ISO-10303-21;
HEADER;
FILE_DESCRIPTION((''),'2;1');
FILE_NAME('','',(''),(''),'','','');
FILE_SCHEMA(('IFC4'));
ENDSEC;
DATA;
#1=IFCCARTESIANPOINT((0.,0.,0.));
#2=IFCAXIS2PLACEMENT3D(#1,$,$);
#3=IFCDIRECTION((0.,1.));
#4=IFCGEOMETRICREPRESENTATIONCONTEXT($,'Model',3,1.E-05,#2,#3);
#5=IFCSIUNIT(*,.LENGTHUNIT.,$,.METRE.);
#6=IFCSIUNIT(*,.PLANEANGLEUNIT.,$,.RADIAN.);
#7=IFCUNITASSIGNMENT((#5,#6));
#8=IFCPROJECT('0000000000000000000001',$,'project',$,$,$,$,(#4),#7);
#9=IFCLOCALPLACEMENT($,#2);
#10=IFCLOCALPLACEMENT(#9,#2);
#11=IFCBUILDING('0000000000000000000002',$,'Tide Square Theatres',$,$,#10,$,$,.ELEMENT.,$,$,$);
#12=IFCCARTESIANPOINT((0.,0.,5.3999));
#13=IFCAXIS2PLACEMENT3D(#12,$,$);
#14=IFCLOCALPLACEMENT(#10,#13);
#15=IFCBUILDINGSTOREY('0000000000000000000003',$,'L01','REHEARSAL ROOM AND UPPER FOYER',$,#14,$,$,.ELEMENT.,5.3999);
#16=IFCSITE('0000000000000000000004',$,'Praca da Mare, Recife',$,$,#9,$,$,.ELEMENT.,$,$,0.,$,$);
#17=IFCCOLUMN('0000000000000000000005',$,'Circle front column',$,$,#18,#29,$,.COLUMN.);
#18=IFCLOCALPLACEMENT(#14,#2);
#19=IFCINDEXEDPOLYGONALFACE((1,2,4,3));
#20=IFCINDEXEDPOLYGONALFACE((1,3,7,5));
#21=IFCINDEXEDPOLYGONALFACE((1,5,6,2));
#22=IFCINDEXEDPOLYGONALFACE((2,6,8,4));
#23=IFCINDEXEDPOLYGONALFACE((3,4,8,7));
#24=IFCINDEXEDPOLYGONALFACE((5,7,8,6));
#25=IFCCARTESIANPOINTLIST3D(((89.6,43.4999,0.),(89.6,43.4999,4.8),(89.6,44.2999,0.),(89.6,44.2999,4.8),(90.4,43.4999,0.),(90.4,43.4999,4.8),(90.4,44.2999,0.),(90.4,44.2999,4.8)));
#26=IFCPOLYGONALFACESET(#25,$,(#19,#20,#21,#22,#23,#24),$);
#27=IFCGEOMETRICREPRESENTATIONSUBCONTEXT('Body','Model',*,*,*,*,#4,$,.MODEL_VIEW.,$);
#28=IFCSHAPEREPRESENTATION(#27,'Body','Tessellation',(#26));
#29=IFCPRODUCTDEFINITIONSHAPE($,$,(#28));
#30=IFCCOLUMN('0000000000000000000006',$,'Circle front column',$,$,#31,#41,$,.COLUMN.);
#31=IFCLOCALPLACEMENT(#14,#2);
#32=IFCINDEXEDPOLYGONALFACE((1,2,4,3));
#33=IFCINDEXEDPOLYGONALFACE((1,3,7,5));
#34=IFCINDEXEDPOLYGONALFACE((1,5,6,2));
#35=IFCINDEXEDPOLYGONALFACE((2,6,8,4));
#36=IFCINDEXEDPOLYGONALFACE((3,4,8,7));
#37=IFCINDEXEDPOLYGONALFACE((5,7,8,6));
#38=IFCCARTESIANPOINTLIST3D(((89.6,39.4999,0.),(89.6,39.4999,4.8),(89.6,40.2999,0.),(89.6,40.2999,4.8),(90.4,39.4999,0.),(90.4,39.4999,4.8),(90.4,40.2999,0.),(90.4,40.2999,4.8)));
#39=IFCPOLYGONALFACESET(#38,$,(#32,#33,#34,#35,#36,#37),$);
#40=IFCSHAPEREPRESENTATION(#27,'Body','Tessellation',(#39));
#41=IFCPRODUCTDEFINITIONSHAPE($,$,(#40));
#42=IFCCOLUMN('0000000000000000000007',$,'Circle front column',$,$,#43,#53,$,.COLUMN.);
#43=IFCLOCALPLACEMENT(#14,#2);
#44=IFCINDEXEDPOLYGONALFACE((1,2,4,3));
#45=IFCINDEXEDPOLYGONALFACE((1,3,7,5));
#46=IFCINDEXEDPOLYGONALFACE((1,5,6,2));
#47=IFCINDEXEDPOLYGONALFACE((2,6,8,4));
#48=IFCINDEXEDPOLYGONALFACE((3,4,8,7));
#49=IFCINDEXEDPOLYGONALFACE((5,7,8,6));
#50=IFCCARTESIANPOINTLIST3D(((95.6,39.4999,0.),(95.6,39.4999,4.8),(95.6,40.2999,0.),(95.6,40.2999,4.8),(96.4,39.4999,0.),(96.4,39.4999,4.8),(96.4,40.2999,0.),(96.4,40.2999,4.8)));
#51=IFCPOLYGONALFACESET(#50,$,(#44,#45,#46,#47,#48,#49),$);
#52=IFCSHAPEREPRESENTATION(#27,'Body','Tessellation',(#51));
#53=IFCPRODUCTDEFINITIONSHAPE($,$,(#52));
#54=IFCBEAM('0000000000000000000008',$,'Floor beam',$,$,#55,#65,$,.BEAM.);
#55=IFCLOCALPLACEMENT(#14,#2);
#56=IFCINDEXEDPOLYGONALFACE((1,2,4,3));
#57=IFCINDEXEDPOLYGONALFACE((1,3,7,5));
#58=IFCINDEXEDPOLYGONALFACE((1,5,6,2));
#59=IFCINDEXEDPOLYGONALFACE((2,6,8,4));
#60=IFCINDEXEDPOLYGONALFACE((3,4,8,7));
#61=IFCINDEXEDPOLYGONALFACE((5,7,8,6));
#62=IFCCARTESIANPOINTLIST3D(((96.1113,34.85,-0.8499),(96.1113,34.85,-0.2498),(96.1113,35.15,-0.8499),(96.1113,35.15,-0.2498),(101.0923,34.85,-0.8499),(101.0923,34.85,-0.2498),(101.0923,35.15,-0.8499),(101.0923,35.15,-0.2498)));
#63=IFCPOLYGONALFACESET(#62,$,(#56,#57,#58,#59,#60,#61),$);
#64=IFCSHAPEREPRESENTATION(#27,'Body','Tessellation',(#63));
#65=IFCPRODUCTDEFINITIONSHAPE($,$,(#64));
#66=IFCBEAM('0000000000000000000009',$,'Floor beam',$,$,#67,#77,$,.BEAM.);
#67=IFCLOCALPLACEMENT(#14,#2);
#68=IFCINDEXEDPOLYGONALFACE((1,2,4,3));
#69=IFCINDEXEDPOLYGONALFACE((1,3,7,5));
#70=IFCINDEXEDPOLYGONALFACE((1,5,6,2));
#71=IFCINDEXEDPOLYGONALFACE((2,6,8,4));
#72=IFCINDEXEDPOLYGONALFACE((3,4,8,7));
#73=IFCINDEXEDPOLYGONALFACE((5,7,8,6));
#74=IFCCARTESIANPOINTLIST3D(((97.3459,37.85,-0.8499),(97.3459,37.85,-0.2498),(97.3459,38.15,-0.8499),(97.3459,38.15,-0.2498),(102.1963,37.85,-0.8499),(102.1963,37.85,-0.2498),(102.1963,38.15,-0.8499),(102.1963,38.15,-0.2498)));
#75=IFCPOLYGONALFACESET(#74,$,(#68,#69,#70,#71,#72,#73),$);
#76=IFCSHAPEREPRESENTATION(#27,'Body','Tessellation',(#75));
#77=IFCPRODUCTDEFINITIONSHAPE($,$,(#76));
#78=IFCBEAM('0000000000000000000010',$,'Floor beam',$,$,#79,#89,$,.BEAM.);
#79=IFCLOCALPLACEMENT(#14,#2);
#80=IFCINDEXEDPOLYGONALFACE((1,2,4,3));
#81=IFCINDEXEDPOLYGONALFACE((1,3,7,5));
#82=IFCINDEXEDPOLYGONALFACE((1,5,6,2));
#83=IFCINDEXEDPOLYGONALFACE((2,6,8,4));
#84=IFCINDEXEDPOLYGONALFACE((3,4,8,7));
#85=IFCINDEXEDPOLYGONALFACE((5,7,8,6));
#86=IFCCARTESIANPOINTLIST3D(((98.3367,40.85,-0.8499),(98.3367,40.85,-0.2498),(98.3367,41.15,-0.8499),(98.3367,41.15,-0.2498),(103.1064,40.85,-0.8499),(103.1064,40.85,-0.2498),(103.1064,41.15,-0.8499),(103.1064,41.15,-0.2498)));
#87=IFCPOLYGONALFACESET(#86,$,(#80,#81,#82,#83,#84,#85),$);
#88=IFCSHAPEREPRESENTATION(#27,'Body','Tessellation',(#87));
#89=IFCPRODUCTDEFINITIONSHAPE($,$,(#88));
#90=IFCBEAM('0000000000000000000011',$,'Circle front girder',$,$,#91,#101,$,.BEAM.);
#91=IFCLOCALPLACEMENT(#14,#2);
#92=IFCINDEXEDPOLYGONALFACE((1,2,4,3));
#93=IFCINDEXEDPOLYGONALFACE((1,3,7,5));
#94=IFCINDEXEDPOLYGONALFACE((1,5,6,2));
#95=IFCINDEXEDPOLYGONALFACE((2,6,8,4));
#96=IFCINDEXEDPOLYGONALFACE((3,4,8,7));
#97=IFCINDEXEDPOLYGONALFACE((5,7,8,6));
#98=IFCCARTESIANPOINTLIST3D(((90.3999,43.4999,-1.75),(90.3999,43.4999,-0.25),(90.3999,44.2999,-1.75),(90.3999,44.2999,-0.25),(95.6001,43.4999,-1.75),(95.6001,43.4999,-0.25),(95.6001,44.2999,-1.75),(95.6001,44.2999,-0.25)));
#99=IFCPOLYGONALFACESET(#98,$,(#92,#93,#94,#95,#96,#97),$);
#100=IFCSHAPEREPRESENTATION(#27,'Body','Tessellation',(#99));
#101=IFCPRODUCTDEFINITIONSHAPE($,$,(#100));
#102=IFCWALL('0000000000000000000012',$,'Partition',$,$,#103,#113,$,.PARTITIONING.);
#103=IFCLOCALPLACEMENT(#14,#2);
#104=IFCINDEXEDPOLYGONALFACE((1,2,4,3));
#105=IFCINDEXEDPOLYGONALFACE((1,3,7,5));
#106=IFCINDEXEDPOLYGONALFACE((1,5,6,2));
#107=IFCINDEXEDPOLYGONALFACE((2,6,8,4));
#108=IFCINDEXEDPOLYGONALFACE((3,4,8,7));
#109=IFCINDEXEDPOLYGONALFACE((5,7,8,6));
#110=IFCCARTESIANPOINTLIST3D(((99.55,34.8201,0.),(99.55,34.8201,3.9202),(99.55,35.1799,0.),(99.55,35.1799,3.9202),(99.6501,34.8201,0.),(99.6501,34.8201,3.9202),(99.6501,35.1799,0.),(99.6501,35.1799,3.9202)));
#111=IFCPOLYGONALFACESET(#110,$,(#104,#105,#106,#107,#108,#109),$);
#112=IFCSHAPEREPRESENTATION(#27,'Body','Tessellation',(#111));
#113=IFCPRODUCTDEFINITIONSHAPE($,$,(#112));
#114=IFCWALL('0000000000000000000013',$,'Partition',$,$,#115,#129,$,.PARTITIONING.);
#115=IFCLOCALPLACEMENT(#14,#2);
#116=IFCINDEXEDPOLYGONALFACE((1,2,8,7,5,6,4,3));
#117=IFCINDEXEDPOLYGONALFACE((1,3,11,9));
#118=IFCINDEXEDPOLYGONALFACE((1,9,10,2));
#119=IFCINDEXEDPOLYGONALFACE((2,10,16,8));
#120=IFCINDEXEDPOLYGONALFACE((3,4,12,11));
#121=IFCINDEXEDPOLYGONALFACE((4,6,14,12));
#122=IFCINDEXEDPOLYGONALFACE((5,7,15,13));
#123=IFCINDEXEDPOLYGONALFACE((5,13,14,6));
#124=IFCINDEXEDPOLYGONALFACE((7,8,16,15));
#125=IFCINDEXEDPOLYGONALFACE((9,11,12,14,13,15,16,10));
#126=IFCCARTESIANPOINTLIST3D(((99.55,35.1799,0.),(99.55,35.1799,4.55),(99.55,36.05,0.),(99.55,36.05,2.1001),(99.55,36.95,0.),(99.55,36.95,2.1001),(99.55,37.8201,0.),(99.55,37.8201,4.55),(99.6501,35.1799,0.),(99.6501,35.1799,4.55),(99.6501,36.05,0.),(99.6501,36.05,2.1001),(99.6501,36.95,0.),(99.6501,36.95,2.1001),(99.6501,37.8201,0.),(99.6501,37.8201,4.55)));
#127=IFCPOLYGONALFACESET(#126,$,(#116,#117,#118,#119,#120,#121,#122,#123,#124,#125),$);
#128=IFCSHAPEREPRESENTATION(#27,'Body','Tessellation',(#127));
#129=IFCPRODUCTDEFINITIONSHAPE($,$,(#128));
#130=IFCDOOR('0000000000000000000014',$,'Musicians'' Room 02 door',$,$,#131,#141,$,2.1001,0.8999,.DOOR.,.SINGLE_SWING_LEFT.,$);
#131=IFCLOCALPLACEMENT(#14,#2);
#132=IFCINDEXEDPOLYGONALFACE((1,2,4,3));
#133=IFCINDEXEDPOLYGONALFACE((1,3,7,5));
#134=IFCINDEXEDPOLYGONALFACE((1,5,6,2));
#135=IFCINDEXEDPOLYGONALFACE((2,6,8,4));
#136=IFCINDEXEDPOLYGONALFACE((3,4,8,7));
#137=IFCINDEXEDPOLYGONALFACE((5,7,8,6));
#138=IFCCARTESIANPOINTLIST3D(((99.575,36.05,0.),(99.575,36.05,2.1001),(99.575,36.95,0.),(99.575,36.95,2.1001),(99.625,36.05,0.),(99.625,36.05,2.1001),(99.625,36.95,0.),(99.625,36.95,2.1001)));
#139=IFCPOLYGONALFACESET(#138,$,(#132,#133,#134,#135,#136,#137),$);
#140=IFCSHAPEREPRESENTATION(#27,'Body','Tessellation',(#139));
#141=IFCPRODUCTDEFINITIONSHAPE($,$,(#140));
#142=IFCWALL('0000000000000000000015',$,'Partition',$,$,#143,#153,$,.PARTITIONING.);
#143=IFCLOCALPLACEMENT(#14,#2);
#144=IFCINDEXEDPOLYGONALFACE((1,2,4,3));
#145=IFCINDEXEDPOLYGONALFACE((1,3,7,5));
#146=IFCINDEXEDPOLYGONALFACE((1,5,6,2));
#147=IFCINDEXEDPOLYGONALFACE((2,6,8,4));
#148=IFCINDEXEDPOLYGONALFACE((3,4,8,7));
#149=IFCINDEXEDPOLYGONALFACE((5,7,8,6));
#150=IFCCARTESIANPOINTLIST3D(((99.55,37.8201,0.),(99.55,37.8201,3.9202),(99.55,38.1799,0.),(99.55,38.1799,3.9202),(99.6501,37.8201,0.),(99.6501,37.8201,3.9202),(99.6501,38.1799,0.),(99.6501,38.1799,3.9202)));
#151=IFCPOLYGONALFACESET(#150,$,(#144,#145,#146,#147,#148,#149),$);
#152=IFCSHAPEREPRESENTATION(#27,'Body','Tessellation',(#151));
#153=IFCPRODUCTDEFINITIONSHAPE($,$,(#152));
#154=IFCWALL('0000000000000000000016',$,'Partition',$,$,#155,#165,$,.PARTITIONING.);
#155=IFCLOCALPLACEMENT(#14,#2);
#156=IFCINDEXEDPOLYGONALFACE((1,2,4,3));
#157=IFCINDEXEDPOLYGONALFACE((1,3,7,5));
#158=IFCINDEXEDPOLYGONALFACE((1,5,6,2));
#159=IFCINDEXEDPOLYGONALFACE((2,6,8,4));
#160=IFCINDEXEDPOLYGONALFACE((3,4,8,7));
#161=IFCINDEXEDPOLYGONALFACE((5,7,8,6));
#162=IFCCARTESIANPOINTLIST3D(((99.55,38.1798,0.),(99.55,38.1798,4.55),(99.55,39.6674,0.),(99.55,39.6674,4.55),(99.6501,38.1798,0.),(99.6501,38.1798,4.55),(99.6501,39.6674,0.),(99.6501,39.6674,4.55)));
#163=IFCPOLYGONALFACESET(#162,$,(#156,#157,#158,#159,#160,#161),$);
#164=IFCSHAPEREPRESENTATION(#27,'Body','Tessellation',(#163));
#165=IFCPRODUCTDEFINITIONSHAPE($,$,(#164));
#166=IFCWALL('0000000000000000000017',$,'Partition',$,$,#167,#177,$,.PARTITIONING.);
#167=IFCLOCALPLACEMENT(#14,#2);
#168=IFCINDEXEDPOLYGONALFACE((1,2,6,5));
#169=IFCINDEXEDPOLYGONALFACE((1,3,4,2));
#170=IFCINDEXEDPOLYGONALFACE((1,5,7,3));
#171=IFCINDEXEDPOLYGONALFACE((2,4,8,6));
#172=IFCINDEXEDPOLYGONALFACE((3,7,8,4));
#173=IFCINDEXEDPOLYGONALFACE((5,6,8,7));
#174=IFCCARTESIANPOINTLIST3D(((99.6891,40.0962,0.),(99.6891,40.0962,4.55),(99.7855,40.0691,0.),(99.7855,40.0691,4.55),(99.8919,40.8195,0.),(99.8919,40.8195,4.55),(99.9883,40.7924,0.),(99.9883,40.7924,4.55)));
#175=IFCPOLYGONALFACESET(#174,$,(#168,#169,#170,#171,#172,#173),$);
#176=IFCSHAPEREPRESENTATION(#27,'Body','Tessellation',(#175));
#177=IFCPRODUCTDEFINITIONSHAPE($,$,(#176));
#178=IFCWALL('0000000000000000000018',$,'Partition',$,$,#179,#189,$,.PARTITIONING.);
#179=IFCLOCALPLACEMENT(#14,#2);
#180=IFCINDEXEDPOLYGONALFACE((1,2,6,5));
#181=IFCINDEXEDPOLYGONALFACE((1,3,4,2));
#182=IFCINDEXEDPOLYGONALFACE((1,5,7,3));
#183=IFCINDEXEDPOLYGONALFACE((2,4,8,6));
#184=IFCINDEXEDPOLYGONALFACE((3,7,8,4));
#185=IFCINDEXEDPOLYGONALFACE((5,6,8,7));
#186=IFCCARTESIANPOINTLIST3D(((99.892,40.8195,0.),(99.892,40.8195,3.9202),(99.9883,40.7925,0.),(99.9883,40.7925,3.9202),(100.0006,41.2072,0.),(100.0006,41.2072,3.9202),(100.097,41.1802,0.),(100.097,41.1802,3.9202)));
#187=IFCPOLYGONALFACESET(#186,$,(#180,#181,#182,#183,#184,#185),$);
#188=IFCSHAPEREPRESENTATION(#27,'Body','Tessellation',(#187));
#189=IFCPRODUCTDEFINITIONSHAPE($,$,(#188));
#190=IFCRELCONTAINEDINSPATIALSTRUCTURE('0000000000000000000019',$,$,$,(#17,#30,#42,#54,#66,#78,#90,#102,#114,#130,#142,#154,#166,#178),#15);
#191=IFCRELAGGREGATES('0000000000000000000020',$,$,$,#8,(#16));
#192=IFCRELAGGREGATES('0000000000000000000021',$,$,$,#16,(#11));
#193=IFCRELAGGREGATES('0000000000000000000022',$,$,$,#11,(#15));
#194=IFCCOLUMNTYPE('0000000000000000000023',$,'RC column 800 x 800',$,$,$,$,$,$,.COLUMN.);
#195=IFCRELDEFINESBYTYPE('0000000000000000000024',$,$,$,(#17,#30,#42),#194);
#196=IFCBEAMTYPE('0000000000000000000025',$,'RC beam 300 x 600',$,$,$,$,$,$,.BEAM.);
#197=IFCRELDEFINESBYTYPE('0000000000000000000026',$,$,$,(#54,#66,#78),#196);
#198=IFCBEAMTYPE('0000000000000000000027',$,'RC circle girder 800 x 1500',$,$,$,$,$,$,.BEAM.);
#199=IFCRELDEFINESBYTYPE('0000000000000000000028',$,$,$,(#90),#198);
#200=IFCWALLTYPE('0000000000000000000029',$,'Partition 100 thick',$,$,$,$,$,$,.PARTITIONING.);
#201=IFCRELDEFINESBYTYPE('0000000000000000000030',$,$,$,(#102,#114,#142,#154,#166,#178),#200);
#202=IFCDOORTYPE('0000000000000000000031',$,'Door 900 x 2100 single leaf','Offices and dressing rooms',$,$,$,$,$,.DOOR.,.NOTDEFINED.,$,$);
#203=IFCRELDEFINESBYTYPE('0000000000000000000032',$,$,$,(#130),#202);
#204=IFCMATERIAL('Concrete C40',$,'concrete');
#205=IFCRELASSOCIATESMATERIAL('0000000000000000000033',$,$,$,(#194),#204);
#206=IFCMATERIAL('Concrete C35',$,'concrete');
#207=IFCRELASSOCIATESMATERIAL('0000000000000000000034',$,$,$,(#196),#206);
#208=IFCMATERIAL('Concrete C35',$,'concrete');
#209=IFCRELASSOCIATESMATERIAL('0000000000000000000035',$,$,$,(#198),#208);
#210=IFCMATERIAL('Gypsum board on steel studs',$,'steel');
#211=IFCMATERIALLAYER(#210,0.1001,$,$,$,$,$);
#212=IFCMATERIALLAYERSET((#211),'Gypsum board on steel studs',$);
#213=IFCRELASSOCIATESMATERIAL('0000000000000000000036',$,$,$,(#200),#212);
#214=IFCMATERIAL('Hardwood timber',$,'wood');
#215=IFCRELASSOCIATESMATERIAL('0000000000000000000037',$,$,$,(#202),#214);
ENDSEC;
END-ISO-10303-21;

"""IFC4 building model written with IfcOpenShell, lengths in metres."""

from ifc_helpers import new_model, si_unit, direction, frame, frame_2d, origin, origin_2d, place, context, subcontext, project, spatial, rectangle, extrude, material, layer, layer_set, material_profile, profile_set, type_object, element, fill, save


model = new_model("IFC4")

# Units and contexts
model_context = context("Model", 3, precision=1e-05, world=origin(), true_north=direction((0.0, 1.0)))
body_context = subcontext(model_context, "Body", "Model", "MODEL_VIEW")
ifc_project = project(units=[si_unit("LENGTHUNIT", "METRE"), si_unit("PLANEANGLEUNIT", "RADIAN")], contexts=[model_context])

# Site, building, storey
site_placement = place(None, origin())
site = spatial("IfcSite", under=ifc_project, at=site_placement, Name="Praca da Mare, Recife", CompositionType="ELEMENT", RefElevation=0.0)
building_placement = place(site_placement, origin())
building = spatial("IfcBuilding", under=site, at=building_placement, Name="Tide Square Theatres", CompositionType="ELEMENT")
storey_placement = place(building_placement, frame((0.0, 0.0, 5.3999)))
storey = spatial("IfcBuildingStorey", under=building, at=storey_placement, Name="L01", Description="REHEARSAL ROOM AND UPPER FOYER", CompositionType="ELEMENT", Elevation=5.3999)

# Columns
ifc_material_1 = material(Name="Concrete C40", Category="concrete")
ifc_material_profile_1 = material_profile(ifc_material_1, rectangle(XDim=0.8, YDim=0.8, at=origin_2d()))
ifc_profile_set_1 = profile_set([ifc_material_profile_1], Name="Concrete C40")
column_type = type_object("IfcColumnType", Name="RC column 800 x 800", PredefinedType="COLUMN", material=ifc_profile_set_1)
for number, where, z_axis, x_axis, name in (
    (1, (90.0, 43.8999, 0.0), (0.0, 0.0, 1.0), (1.0, 0.0, 0.0), "Circle front column"),
    (2, (90.0, 39.8999, 0.0), (0.0, 0.0, 1.0), (1.0, 0.0, 0.0), "Circle front column"),
    (3, (96.0, 39.8999, 0.0), (0.0, 0.0, 1.0), (1.0, 0.0, 0.0), "Circle front column"),
):
    element("IfcColumn", number, at=place(storey_placement, frame(where, z_axis=z_axis, x_axis=x_axis)), inside=storey, type_object=column_type, Name=name, PredefinedType="COLUMN", context=body_context, shape_type="SweptSolid", body=[
        extrude(rectangle(XDim=0.8, YDim=0.8, at=origin_2d()), origin(), (0.0, 0.0, 1.0), 4.8),
    ])

# Beams
ifc_material_2 = material(Name="Concrete C35", Category="concrete")
ifc_material_profile_2 = material_profile(ifc_material_2, rectangle(XDim=0.3, YDim=0.6001, at=origin_2d()))
ifc_profile_set_2 = profile_set([ifc_material_profile_2], Name="Concrete C35")
beam_type_1 = type_object("IfcBeamType", Name="RC beam 300 x 600", PredefinedType="BEAM", material=ifc_profile_set_2)
beam_1_placement = place(storey_placement, frame((96.1113, 35.0, -0.5498), z_axis=(1.0, 0.0, 0.0), x_axis=(0.0, 1.0, 0.0)))
element("IfcBeam", 4, at=beam_1_placement, inside=storey, type_object=beam_type_1, Name="Floor beam", PredefinedType="BEAM", context=body_context, shape_type="SweptSolid", body=[
    extrude(rectangle(XDim=0.3, YDim=0.6001, at=origin_2d()), origin(), (0.0, 0.0, 1.0), 4.981),
])
beam_2_placement = place(storey_placement, frame((97.3459, 38.0, -0.5498), z_axis=(1.0, 0.0, 0.0), x_axis=(0.0, 1.0, 0.0)))
element("IfcBeam", 5, at=beam_2_placement, inside=storey, type_object=beam_type_1, Name="Floor beam", PredefinedType="BEAM", context=body_context, shape_type="SweptSolid", body=[
    extrude(rectangle(XDim=0.3, YDim=0.6001, at=origin_2d()), origin(), (0.0, 0.0, 1.0), 4.8503),
])
beam_3_placement = place(storey_placement, frame((98.3367, 41.0, -0.5498), z_axis=(1.0, 0.0, 0.0), x_axis=(0.0, 1.0, 0.0)))
element("IfcBeam", 6, at=beam_3_placement, inside=storey, type_object=beam_type_1, Name="Floor beam", PredefinedType="BEAM", context=body_context, shape_type="SweptSolid", body=[
    extrude(rectangle(XDim=0.3, YDim=0.6001, at=origin_2d()), origin(), (0.0, 0.0, 1.0), 4.7698),
])
ifc_material_3 = material(Name="Concrete C35", Category="concrete")
ifc_material_profile_3 = material_profile(ifc_material_3, rectangle(XDim=0.8, YDim=1.5, at=origin_2d()))
ifc_profile_set_3 = profile_set([ifc_material_profile_3], Name="Concrete C35")
beam_type_2 = type_object("IfcBeamType", Name="RC circle girder 800 x 1500", PredefinedType="BEAM", material=ifc_profile_set_3)
beam_4_placement = place(storey_placement, frame((90.3999, 43.8999, -1.0), z_axis=(1.0, 0.0, 0.0), x_axis=(0.0, 1.0, 0.0)))
element("IfcBeam", 7, at=beam_4_placement, inside=storey, type_object=beam_type_2, Name="Circle front girder", PredefinedType="BEAM", context=body_context, shape_type="SweptSolid", body=[
    extrude(rectangle(XDim=0.8, YDim=1.5, at=origin_2d()), origin(), (0.0, 0.0, 1.0), 5.2002),
])

# Wall
ifc_material_4 = material(Name="Gypsum board on steel studs", Category="steel")
ifc_layer_1 = layer(ifc_material_4, 0.1001)
ifc_layer_set_1 = layer_set([ifc_layer_1], Name="Gypsum board on steel studs")
wall_type_1 = type_object("IfcWallType", Name="Partition 100 thick", PredefinedType="PARTITIONING", material=ifc_layer_set_1)
wall_1_placement = place(storey_placement, frame((99.6001, 34.8201, 0.0), z_axis=(0.0, 0.0, 1.0), x_axis=(0.0, 1.0, 0.0)))
element("IfcWall", 8, at=wall_1_placement, inside=storey, type_object=wall_type_1, Name="Partition", PredefinedType="PARTITIONING", context=body_context, shape_type="SweptSolid", body=[
    extrude(rectangle(XDim=0.3599, YDim=0.1001, at=frame_2d((0.1799, 0.0))), origin(), (0.0, 0.0, 1.0), 3.9202),
])

# Wall, opening, door
wall_2_placement = place(storey_placement, frame((99.6001, 35.1799, 0.0), z_axis=(0.0, 0.0, 1.0), x_axis=(0.0, 1.0, 0.0)))
wall_2 = element("IfcWall", 9, at=wall_2_placement, inside=storey, type_object=wall_type_1, Name="Partition", PredefinedType="PARTITIONING", context=body_context, shape_type="SweptSolid", body=[
    extrude(rectangle(XDim=2.6401, YDim=0.1001, at=frame_2d((1.3201, 0.0))), origin(), (0.0, 0.0, 1.0), 4.55),
])
opening_1_placement = place(wall_2_placement, frame((0.8701, 0.0, 0.0)))
opening_1 = element("IfcOpeningElement", 10, at=opening_1_placement, cuts=wall_2, PredefinedType="OPENING", context=body_context, shape_type="SweptSolid", body=[
    extrude(rectangle(XDim=0.8999, YDim=2.1001, at=frame_2d((0.45, 1.05))), frame((0.0, 0.0601, 0.0), z_axis=(0.0, -1.0, 0.0), x_axis=(1.0, 0.0, 0.0)), (0.0, 0.0, 1.0), 0.1201),
])
ifc_material_5 = material(Name="Hardwood timber", Category="wood")
door_type_1 = type_object("IfcDoorType", Name="Door 900 x 2100 single leaf", Description="Offices and dressing rooms", OperationType="NOTDEFINED", PredefinedType="DOOR", material=ifc_material_5)
door_1_placement = place(opening_1_placement, frame((0.8999, 0.0, 0.0), z_axis=(0.0, 0.0, 1.0), x_axis=(-1.0, 0.0, 0.0)))
door_1 = element("IfcDoor", 11, at=door_1_placement, inside=storey, type_object=door_type_1, Name="Musicians' Room 02 door", OperationType="SINGLE_SWING_LEFT", OverallHeight=2.1001, OverallWidth=0.8999, PredefinedType="DOOR", context=body_context, shape_type="SweptSolid", body=[
    extrude(rectangle(XDim=0.8999, YDim=2.1001, at=frame_2d((0.45, 1.05))), frame((0.0, 0.0249, 0.0), z_axis=(0.0, -1.0, 0.0), x_axis=(1.0, 0.0, 0.0)), (0.0, 0.0, 1.0), 0.05),
])
fill(opening_1, door_1)

# Walls
wall_3_placement = place(storey_placement, frame((99.6001, 37.8201, 0.0), z_axis=(0.0, 0.0, 1.0), x_axis=(0.0, 1.0, 0.0)))
element("IfcWall", 12, at=wall_3_placement, inside=storey, type_object=wall_type_1, Name="Partition", PredefinedType="PARTITIONING", context=body_context, shape_type="SweptSolid", body=[
    extrude(rectangle(XDim=0.3599, YDim=0.1001, at=frame_2d((0.1799, 0.0))), origin(), (0.0, 0.0, 1.0), 3.9202),
])
wall_4_placement = place(storey_placement, frame((99.6001, 38.1799, 0.0), z_axis=(0.0, 0.0, 1.0), x_axis=(0.0, 1.0, 0.0)))
element("IfcWall", 13, at=wall_4_placement, inside=storey, type_object=wall_type_1, Name="Partition", PredefinedType="PARTITIONING", context=body_context, shape_type="SweptSolid", body=[
    extrude(rectangle(XDim=1.4875, YDim=0.1001, at=frame_2d((0.7437, 0.0))), origin(), (0.0, 0.0, 1.0), 4.55),
])
wall_5_placement = place(storey_placement, frame((99.7373, 40.0828, 0.0), z_axis=(0.0, 0.0, 1.0), x_axis=(0.27004, 0.962849, 0.0)))
element("IfcWall", 14, at=wall_5_placement, inside=storey, type_object=wall_type_1, Name="Partition", PredefinedType="PARTITIONING", context=body_context, shape_type="SweptSolid", body=[
    extrude(rectangle(XDim=0.7512, YDim=0.1001, at=frame_2d((0.3755, 0.0))), origin(), (0.0, 0.0, 1.0), 4.55),
])
wall_6_placement = place(storey_placement, frame((99.9402, 40.8062, 0.0), z_axis=(0.0, 0.0, 1.0), x_axis=(0.269832, 0.962907, 0.0)))
element("IfcWall", 15, at=wall_6_placement, inside=storey, type_object=wall_type_1, Name="Partition", PredefinedType="PARTITIONING", context=body_context, shape_type="SweptSolid", body=[
    extrude(rectangle(XDim=0.4026, YDim=0.1001, at=frame_2d((0.2012, 0.0))), origin(), (0.0, 0.0, 1.0), 3.9202),
])

save(model, "model.ifc")
